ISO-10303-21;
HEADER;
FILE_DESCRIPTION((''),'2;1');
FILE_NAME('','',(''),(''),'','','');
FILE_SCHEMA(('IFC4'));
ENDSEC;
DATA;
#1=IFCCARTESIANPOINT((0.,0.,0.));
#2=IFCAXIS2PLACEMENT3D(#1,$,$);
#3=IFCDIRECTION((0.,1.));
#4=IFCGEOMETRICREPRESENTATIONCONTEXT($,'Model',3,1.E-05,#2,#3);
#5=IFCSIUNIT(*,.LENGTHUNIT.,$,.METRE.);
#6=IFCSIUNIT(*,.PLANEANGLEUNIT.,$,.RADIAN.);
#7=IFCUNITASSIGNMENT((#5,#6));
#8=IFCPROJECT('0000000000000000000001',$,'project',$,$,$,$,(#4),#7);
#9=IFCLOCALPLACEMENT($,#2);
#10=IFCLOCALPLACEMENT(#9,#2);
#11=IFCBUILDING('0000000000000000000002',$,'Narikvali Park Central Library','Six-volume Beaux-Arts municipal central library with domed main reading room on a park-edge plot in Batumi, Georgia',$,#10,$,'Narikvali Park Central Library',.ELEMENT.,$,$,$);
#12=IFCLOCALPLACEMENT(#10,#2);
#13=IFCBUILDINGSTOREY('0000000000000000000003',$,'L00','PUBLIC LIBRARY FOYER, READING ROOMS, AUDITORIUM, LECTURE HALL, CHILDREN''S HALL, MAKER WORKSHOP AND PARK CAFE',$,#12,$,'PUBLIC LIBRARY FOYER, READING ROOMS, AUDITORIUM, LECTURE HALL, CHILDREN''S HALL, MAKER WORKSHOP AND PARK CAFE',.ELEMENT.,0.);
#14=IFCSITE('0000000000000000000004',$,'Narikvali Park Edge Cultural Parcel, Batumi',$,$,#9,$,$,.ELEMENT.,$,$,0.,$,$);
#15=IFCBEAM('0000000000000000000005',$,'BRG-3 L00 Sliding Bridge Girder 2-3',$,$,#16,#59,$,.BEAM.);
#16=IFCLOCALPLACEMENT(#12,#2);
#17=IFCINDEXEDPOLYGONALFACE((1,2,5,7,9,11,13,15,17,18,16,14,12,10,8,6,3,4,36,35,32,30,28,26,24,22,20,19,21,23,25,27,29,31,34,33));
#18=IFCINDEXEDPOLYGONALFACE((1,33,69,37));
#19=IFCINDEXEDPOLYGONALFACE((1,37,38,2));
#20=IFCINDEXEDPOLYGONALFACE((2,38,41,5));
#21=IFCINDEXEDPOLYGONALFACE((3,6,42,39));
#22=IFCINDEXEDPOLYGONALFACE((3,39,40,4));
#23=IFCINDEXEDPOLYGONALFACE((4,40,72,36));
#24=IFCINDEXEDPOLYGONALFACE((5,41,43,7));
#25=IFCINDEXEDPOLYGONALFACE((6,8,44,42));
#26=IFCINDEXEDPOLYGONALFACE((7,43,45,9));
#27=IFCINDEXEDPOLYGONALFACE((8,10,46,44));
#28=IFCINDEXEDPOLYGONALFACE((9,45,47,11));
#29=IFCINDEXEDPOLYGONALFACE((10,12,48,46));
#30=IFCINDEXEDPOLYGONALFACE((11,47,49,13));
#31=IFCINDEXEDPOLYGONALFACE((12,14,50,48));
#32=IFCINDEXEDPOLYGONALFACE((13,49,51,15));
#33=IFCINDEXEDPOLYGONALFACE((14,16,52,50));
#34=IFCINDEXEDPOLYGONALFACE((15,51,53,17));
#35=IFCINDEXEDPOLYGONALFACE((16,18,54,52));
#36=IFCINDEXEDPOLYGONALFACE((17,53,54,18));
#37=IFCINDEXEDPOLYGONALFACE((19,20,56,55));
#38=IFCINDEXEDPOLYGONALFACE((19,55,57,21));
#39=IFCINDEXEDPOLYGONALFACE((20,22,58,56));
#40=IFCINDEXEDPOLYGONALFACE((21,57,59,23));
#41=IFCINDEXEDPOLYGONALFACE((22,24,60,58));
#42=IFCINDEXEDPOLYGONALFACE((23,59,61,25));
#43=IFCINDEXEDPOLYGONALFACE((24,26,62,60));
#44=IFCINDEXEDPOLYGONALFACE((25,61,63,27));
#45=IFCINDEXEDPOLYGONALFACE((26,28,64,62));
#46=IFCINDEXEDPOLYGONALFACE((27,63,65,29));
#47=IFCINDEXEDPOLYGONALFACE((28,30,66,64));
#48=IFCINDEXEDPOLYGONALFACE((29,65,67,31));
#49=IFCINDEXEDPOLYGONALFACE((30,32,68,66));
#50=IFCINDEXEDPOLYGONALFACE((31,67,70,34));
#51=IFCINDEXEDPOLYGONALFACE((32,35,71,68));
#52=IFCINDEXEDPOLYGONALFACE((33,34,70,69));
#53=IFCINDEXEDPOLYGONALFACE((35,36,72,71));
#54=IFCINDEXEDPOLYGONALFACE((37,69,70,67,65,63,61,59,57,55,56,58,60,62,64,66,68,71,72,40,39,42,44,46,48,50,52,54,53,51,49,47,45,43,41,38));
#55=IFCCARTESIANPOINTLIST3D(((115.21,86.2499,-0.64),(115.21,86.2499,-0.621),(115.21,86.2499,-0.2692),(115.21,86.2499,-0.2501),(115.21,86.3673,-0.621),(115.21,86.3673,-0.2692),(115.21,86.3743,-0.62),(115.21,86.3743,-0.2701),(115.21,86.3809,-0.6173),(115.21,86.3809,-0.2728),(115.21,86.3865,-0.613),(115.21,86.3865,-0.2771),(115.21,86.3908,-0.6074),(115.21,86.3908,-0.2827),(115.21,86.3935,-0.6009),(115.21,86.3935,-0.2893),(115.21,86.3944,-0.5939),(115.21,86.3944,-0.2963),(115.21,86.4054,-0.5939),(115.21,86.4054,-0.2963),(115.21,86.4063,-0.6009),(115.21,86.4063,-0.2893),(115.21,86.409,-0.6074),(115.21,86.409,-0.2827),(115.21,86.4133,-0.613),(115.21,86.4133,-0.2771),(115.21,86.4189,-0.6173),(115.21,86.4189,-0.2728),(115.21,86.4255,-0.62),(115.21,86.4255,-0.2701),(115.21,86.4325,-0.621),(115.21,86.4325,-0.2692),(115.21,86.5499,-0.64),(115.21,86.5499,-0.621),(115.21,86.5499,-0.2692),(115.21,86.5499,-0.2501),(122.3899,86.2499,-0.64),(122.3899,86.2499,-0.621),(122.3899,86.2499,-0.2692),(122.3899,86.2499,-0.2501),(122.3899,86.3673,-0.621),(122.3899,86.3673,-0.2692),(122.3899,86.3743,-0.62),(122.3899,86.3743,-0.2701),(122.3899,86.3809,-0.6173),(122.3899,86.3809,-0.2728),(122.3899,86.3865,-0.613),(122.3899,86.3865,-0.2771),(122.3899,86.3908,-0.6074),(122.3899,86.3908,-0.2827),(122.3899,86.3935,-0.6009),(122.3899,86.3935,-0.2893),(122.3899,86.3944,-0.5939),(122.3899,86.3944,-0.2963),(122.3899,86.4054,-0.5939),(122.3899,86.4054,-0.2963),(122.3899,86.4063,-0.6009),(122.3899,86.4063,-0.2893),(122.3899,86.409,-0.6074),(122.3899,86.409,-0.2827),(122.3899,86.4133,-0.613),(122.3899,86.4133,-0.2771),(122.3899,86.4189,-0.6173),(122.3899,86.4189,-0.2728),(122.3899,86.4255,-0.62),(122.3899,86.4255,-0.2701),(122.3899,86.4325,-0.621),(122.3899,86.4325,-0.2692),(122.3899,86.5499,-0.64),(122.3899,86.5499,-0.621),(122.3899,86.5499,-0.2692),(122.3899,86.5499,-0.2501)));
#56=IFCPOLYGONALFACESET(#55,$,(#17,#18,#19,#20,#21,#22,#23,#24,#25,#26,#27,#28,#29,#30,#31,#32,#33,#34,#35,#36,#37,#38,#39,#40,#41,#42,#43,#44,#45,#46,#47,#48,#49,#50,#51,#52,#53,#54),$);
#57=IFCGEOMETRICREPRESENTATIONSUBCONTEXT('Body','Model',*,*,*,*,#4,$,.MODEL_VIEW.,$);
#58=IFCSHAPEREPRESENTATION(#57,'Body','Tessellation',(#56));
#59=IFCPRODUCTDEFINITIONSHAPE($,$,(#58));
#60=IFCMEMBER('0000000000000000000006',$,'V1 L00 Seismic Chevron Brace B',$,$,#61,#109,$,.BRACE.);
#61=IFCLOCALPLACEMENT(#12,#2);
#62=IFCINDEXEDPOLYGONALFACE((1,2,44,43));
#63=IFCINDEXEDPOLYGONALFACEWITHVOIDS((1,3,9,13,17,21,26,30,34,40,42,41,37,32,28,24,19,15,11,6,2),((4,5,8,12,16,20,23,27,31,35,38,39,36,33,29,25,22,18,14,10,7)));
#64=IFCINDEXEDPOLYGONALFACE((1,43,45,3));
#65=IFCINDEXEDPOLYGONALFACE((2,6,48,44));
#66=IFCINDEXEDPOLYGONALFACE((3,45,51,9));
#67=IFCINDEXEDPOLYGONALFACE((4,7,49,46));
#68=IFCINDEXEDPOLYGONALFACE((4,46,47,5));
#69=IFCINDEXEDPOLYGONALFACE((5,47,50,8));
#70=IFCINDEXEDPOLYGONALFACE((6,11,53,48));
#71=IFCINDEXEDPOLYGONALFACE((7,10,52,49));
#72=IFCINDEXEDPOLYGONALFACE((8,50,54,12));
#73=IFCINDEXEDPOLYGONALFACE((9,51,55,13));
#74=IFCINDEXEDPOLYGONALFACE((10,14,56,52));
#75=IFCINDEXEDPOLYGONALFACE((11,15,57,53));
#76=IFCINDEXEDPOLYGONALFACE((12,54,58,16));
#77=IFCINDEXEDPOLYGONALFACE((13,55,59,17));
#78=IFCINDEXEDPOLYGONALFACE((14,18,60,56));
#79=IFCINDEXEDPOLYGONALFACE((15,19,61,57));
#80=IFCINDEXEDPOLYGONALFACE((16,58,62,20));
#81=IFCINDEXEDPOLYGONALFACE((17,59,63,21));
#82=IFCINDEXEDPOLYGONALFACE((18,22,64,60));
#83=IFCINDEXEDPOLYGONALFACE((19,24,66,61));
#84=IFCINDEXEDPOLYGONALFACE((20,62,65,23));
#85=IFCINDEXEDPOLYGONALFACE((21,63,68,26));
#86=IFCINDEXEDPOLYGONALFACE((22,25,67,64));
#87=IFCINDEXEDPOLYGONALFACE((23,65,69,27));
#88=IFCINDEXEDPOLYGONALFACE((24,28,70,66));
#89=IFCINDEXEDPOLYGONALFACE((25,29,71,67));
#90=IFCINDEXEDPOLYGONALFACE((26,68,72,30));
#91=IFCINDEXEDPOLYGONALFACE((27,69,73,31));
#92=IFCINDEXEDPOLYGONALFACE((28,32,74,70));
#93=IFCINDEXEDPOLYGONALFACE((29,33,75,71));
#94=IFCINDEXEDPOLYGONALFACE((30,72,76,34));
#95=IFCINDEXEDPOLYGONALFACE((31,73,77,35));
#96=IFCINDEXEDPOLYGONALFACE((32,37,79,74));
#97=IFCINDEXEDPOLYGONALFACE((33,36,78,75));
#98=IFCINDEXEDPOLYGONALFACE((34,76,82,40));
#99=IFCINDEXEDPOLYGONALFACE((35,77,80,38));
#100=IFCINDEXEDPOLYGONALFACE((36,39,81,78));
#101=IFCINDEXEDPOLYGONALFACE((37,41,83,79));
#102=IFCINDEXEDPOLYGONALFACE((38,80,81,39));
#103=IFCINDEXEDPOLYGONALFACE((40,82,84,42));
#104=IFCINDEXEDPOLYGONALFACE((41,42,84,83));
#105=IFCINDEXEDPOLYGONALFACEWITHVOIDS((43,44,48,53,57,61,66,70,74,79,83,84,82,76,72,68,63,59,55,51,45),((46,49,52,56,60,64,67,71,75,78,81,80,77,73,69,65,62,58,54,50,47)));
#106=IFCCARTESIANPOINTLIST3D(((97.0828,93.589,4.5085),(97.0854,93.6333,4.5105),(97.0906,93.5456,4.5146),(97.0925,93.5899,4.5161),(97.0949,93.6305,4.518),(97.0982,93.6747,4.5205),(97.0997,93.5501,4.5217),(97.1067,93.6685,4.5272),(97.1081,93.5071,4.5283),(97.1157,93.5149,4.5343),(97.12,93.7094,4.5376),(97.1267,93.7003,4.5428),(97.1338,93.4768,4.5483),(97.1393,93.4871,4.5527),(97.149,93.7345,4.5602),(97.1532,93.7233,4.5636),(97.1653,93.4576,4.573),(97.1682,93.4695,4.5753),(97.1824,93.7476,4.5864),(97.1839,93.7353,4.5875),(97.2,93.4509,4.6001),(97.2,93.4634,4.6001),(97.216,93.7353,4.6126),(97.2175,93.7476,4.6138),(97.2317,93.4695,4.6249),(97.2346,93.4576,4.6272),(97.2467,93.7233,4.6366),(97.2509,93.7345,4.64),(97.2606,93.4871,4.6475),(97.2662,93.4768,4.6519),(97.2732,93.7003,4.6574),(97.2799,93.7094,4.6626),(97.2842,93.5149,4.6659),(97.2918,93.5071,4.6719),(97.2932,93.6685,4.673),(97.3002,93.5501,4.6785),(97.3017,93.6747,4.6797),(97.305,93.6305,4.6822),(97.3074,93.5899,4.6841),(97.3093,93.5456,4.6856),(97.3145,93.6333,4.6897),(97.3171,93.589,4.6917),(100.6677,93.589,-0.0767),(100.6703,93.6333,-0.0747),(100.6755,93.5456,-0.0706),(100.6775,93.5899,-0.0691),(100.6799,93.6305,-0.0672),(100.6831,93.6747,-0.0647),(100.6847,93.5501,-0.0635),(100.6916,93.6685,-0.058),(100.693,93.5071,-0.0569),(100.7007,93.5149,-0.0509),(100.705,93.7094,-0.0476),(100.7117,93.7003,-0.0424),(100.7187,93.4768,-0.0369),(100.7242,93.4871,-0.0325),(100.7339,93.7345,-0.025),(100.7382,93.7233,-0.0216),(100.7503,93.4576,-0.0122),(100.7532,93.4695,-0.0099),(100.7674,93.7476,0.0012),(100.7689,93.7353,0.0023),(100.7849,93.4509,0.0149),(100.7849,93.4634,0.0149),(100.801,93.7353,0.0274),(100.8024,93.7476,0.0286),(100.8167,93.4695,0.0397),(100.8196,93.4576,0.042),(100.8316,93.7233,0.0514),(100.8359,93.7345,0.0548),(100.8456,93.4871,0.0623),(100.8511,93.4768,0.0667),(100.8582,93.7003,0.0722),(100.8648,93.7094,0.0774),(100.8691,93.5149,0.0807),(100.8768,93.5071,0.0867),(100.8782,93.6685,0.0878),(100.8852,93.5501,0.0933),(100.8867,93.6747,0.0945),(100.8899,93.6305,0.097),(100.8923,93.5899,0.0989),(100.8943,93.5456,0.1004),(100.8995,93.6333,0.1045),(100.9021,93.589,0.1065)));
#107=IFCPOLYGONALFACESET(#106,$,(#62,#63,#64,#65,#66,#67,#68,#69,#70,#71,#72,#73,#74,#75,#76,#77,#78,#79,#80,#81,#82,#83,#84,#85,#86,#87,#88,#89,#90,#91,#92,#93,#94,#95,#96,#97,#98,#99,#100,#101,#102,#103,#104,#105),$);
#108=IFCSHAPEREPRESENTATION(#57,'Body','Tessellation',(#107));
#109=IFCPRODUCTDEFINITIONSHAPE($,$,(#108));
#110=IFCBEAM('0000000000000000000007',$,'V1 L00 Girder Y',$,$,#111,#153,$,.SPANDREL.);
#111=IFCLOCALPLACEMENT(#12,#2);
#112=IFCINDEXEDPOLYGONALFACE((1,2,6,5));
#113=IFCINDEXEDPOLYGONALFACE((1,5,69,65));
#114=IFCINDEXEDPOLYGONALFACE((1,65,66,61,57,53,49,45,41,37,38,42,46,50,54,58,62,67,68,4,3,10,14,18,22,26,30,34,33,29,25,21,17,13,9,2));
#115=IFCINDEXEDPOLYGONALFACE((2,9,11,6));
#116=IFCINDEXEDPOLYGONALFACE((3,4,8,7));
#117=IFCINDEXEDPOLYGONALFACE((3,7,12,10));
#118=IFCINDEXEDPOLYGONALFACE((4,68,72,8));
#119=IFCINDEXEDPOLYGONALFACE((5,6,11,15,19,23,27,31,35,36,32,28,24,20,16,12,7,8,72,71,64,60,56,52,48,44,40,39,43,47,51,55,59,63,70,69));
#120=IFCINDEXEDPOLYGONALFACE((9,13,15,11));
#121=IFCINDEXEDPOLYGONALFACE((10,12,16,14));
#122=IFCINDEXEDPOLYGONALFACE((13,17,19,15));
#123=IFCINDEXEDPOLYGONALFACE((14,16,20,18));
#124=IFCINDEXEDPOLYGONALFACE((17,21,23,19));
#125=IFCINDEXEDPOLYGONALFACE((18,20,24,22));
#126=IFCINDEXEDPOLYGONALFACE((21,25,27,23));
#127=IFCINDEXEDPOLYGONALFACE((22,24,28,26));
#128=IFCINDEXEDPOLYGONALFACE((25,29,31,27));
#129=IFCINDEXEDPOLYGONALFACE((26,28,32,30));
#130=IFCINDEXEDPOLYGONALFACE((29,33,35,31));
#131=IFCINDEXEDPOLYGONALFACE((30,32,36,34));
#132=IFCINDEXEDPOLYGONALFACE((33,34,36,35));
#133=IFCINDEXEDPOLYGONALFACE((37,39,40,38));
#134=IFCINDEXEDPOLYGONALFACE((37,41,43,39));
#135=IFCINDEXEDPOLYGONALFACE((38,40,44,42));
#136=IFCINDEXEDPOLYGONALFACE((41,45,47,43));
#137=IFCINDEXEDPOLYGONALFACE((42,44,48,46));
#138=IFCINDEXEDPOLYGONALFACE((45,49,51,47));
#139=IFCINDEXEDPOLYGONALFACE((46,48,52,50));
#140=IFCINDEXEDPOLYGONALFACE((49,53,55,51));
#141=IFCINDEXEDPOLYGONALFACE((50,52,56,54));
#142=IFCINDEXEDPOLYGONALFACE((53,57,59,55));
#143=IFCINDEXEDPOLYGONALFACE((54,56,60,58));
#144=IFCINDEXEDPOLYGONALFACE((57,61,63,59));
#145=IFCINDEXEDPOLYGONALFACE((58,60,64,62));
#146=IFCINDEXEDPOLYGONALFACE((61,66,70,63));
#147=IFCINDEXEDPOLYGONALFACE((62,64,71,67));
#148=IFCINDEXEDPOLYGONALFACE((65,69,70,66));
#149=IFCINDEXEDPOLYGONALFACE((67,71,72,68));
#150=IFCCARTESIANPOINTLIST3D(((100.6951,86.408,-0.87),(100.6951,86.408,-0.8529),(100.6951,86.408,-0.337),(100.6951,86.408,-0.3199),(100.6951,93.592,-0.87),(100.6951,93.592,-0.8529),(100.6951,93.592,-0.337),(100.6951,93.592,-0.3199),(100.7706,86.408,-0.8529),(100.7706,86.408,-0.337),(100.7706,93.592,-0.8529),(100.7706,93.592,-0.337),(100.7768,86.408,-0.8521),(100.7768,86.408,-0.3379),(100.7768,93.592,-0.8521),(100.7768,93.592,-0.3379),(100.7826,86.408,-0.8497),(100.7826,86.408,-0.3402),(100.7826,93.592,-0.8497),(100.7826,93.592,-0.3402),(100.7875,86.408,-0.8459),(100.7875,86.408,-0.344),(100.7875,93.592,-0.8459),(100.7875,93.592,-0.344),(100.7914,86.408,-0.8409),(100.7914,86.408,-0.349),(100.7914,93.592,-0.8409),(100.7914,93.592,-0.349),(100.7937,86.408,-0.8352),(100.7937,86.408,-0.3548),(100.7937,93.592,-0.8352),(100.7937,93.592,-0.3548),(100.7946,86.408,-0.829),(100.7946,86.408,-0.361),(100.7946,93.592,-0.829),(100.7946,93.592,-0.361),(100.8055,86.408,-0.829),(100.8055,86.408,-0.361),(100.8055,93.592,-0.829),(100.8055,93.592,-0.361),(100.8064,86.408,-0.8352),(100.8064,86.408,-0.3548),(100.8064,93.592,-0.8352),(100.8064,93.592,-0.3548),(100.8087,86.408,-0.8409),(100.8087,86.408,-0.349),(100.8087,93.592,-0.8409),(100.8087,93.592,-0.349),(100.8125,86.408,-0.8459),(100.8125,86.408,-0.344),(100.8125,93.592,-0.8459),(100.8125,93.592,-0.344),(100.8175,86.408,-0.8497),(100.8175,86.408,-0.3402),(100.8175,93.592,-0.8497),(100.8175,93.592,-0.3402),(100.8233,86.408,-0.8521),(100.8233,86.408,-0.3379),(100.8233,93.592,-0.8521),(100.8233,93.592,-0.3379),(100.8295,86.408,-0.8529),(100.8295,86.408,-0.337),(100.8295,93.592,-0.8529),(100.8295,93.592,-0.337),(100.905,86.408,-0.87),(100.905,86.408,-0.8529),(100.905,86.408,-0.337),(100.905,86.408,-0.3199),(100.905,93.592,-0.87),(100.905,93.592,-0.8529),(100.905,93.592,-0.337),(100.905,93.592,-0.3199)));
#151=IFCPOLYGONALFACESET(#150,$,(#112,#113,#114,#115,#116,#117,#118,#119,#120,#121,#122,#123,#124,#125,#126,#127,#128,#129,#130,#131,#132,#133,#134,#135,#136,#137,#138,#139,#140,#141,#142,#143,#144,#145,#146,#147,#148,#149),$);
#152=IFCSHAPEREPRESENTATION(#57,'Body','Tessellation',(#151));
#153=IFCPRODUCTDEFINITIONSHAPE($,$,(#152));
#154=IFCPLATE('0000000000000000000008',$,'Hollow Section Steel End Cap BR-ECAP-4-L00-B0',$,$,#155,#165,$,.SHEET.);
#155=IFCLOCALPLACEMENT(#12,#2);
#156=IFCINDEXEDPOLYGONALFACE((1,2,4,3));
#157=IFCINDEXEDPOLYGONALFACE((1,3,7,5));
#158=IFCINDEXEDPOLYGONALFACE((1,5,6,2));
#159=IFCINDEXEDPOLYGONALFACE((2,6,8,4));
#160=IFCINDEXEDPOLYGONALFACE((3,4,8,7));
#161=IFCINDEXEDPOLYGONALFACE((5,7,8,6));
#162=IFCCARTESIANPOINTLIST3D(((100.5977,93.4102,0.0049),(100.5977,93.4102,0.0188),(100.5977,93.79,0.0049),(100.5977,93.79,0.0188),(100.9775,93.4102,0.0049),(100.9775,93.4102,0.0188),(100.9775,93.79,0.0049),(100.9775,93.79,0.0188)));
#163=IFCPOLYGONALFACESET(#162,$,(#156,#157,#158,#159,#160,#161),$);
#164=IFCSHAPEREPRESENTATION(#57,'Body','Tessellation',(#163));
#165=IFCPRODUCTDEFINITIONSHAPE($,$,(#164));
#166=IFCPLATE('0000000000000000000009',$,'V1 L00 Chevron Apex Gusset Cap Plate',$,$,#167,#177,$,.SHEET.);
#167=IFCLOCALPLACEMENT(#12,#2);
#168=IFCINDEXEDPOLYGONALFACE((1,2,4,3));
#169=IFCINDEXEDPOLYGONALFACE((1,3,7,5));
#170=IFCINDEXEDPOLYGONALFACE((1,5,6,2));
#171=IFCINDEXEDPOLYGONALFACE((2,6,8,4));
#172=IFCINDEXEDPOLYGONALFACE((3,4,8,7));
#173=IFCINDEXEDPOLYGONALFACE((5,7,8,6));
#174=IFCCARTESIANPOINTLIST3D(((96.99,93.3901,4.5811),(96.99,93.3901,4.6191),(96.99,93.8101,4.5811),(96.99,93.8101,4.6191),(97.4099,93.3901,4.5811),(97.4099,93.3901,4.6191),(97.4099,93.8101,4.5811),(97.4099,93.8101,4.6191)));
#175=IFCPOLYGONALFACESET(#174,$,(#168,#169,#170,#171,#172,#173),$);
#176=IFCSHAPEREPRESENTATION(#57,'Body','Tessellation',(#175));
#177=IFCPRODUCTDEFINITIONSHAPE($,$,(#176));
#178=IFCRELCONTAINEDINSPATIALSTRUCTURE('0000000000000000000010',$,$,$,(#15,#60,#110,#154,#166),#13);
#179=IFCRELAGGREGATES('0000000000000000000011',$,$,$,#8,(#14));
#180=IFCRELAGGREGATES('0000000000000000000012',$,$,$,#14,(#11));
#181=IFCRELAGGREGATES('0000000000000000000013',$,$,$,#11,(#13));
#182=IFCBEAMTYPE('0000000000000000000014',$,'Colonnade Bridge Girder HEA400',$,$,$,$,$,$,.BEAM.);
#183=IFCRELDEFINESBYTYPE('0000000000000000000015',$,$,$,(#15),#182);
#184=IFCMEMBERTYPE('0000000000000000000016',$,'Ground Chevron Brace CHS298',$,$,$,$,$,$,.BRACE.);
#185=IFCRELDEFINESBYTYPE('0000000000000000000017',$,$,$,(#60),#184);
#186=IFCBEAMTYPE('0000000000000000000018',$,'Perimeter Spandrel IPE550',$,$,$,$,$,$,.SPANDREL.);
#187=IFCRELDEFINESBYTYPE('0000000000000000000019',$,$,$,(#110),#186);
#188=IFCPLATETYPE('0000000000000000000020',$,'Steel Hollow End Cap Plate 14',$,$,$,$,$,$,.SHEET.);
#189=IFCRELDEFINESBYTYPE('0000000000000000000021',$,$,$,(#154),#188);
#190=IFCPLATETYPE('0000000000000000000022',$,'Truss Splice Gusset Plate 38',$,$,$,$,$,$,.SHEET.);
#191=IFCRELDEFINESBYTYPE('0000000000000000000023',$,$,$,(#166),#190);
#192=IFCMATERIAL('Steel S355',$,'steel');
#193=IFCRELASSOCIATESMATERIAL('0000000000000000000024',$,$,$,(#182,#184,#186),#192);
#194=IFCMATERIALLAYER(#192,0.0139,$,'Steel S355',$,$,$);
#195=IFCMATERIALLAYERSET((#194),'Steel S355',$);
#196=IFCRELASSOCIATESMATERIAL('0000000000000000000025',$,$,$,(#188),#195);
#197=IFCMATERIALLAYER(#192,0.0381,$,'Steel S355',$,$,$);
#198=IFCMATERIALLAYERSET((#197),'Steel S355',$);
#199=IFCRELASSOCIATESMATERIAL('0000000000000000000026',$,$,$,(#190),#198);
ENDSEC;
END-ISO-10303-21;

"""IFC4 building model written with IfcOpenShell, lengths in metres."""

from ifc_helpers import new_model, si_unit, direction, frame, origin, origin_2d, place, context, subcontext, project, spatial, rectangle, hollow_circle, i_section, extrude, material, layer, layer_set, material_profile, profile_set, type_object, element, save


model = new_model("IFC4")

# Units and contexts
model_context = context("Model", 3, precision=1e-05, world=origin(), true_north=direction((0.0, 1.0)))
body_context = subcontext(model_context, "Body", "Model", "MODEL_VIEW")
ifc_project = project(units=[si_unit("LENGTHUNIT", "METRE"), si_unit("PLANEANGLEUNIT", "RADIAN")], contexts=[model_context])

# Site, building, storey
site_placement = place(None, origin())
site = spatial("IfcSite", under=ifc_project, at=site_placement, Name="Narikvali Park Edge Cultural Parcel, Batumi", CompositionType="ELEMENT", RefElevation=0.0)
building_placement = place(site_placement, origin())
building = spatial("IfcBuilding", under=site, at=building_placement, Name="Narikvali Park Central Library", Description="Six-volume Beaux-Arts municipal central library with domed main reading room on a park-edge plot in Batumi, Georgia", LongName="Narikvali Park Central Library", CompositionType="ELEMENT")
storey_placement = place(building_placement, origin())
storey = spatial("IfcBuildingStorey", under=building, at=storey_placement, Name="L00", Description="PUBLIC LIBRARY FOYER, READING ROOMS, AUDITORIUM, LECTURE HALL, CHILDREN'S HALL, MAKER WORKSHOP AND PARK CAFE", LongName="PUBLIC LIBRARY FOYER, READING ROOMS, AUDITORIUM, LECTURE HALL, CHILDREN'S HALL, MAKER WORKSHOP AND PARK CAFE", CompositionType="ELEMENT", Elevation=0.0)

# Shared definitions
ifc_material_1 = material(Name="Steel S355", Category="steel")

# Beam
ifc_material_profile_1 = material_profile(ifc_material_1, i_section(OverallWidth=0.3, OverallDepth=0.3899, WebThickness=0.011, FlangeThickness=0.019, FilletRadius=0.0271, at=origin_2d()), Name="HEA 400")
ifc_profile_set_1 = profile_set([ifc_material_profile_1], Name="Steel S355")
beam_type_1 = type_object("IfcBeamType", Name="Colonnade Bridge Girder HEA400", PredefinedType="BEAM", material=ifc_profile_set_1)
for number, where, z_axis, x_axis, name in (
    (1, (115.21, 86.3999, -0.4451), (1.0, 0.0, 0.0), (0.0, 1.0, 0.0), "BRG-3 L00 Sliding Bridge Girder 2-3"),
):
    element("IfcBeam", number, at=place(storey_placement, frame(where, z_axis=z_axis, x_axis=x_axis)), inside=storey, type_object=beam_type_1, Name=name, PredefinedType="BEAM", context=body_context, shape_type="SweptSolid", body=[
        extrude(i_section(OverallWidth=0.3, OverallDepth=0.3899, WebThickness=0.011, FlangeThickness=0.019, FilletRadius=0.0271, at=origin_2d()), origin(), (0.0, 0.0, 1.0), 7.1799),
    ])

# Member
ifc_material_profile_2 = material_profile(ifc_material_1, hollow_circle(Radius=0.1492, WallThickness=0.0125, at=origin_2d()), Name="CHS 298.5x12.5")
ifc_profile_set_2 = profile_set([ifc_material_profile_2], Name="Steel S355")
member_type = type_object("IfcMemberType", Name="Ground Chevron Brace CHS298", PredefinedType="BRACE", material=ifc_profile_set_2)
member_placement = place(storey_placement, frame((100.7849, 93.6001, 0.0149), z_axis=(-0.615939, 0.0, 0.787793), x_axis=(0.0, -1.0, 0.0)))
element("IfcMember", 2, at=member_placement, inside=storey, type_object=member_type, Name="V1 L00 Seismic Chevron Brace B", PredefinedType="BRACE", context=body_context, shape_type="SweptSolid", body=[
    extrude(hollow_circle(Radius=0.1492, WallThickness=0.0125, at=origin_2d()), origin(), (0.0, 0.0, 1.0), 5.8203),
])

# Beam
ifc_material_profile_3 = material_profile(ifc_material_1, i_section(OverallWidth=0.21, OverallDepth=0.55, WebThickness=0.011, FlangeThickness=0.0171, FilletRadius=0.0239, at=origin_2d()), Name="IPE 550")
ifc_profile_set_3 = profile_set([ifc_material_profile_3], Name="Steel S355")
beam_type_2 = type_object("IfcBeamType", Name="Perimeter Spandrel IPE550", PredefinedType="SPANDREL", material=ifc_profile_set_3)
beam_placement = place(storey_placement, frame((100.8, 86.408, -0.595), z_axis=(0.0, 1.0, 0.0), x_axis=(-1.0, 0.0, 0.0)))
element("IfcBeam", 3, at=beam_placement, inside=storey, type_object=beam_type_2, Name="V1 L00 Girder Y", PredefinedType="SPANDREL", context=body_context, shape_type="SweptSolid", body=[
    extrude(i_section(OverallWidth=0.21, OverallDepth=0.55, WebThickness=0.011, FlangeThickness=0.0171, FilletRadius=0.0239, at=origin_2d()), origin(), (0.0, 0.0, 1.0), 7.1841),
])

# Plates
ifc_layer_1 = layer(ifc_material_1, 0.0139, Name="Steel S355")
ifc_layer_set_1 = layer_set([ifc_layer_1], Name="Steel S355")
plate_type_1 = type_object("IfcPlateType", Name="Steel Hollow End Cap Plate 14", PredefinedType="SHEET", material=ifc_layer_set_1)
plate_1_placement = place(storey_placement, frame((100.7876, 93.6001, 0.0049), z_axis=(0.0, 0.0, 1.0), x_axis=(1.0, 0.0, 0.0)))
element("IfcPlate", 4, at=plate_1_placement, inside=storey, type_object=plate_type_1, Name="Hollow Section Steel End Cap BR-ECAP-4-L00-B0", PredefinedType="SHEET", context=body_context, shape_type="SweptSolid", body=[
    extrude(rectangle(XDim=0.3799, YDim=0.3799, at=origin_2d()), origin(), (0.0, 0.0, 1.0), 0.0139),
])
ifc_layer_2 = layer(ifc_material_1, 0.0381, Name="Steel S355")
ifc_layer_set_2 = layer_set([ifc_layer_2], Name="Steel S355")
plate_type_2 = type_object("IfcPlateType", Name="Truss Splice Gusset Plate 38", PredefinedType="SHEET", material=ifc_layer_set_2)
plate_2_placement = place(storey_placement, frame((97.2, 93.6001, 4.5811), z_axis=(0.0, 0.0, 1.0), x_axis=(1.0, 0.0, 0.0)))
element("IfcPlate", 5, at=plate_2_placement, inside=storey, type_object=plate_type_2, Name="V1 L00 Chevron Apex Gusset Cap Plate", PredefinedType="SHEET", context=body_context, shape_type="SweptSolid", body=[
    extrude(rectangle(XDim=0.4199, YDim=0.4199, at=origin_2d()), origin(), (0.0, 0.0, 1.0), 0.0381),
])

save(model, "model.ifc")
